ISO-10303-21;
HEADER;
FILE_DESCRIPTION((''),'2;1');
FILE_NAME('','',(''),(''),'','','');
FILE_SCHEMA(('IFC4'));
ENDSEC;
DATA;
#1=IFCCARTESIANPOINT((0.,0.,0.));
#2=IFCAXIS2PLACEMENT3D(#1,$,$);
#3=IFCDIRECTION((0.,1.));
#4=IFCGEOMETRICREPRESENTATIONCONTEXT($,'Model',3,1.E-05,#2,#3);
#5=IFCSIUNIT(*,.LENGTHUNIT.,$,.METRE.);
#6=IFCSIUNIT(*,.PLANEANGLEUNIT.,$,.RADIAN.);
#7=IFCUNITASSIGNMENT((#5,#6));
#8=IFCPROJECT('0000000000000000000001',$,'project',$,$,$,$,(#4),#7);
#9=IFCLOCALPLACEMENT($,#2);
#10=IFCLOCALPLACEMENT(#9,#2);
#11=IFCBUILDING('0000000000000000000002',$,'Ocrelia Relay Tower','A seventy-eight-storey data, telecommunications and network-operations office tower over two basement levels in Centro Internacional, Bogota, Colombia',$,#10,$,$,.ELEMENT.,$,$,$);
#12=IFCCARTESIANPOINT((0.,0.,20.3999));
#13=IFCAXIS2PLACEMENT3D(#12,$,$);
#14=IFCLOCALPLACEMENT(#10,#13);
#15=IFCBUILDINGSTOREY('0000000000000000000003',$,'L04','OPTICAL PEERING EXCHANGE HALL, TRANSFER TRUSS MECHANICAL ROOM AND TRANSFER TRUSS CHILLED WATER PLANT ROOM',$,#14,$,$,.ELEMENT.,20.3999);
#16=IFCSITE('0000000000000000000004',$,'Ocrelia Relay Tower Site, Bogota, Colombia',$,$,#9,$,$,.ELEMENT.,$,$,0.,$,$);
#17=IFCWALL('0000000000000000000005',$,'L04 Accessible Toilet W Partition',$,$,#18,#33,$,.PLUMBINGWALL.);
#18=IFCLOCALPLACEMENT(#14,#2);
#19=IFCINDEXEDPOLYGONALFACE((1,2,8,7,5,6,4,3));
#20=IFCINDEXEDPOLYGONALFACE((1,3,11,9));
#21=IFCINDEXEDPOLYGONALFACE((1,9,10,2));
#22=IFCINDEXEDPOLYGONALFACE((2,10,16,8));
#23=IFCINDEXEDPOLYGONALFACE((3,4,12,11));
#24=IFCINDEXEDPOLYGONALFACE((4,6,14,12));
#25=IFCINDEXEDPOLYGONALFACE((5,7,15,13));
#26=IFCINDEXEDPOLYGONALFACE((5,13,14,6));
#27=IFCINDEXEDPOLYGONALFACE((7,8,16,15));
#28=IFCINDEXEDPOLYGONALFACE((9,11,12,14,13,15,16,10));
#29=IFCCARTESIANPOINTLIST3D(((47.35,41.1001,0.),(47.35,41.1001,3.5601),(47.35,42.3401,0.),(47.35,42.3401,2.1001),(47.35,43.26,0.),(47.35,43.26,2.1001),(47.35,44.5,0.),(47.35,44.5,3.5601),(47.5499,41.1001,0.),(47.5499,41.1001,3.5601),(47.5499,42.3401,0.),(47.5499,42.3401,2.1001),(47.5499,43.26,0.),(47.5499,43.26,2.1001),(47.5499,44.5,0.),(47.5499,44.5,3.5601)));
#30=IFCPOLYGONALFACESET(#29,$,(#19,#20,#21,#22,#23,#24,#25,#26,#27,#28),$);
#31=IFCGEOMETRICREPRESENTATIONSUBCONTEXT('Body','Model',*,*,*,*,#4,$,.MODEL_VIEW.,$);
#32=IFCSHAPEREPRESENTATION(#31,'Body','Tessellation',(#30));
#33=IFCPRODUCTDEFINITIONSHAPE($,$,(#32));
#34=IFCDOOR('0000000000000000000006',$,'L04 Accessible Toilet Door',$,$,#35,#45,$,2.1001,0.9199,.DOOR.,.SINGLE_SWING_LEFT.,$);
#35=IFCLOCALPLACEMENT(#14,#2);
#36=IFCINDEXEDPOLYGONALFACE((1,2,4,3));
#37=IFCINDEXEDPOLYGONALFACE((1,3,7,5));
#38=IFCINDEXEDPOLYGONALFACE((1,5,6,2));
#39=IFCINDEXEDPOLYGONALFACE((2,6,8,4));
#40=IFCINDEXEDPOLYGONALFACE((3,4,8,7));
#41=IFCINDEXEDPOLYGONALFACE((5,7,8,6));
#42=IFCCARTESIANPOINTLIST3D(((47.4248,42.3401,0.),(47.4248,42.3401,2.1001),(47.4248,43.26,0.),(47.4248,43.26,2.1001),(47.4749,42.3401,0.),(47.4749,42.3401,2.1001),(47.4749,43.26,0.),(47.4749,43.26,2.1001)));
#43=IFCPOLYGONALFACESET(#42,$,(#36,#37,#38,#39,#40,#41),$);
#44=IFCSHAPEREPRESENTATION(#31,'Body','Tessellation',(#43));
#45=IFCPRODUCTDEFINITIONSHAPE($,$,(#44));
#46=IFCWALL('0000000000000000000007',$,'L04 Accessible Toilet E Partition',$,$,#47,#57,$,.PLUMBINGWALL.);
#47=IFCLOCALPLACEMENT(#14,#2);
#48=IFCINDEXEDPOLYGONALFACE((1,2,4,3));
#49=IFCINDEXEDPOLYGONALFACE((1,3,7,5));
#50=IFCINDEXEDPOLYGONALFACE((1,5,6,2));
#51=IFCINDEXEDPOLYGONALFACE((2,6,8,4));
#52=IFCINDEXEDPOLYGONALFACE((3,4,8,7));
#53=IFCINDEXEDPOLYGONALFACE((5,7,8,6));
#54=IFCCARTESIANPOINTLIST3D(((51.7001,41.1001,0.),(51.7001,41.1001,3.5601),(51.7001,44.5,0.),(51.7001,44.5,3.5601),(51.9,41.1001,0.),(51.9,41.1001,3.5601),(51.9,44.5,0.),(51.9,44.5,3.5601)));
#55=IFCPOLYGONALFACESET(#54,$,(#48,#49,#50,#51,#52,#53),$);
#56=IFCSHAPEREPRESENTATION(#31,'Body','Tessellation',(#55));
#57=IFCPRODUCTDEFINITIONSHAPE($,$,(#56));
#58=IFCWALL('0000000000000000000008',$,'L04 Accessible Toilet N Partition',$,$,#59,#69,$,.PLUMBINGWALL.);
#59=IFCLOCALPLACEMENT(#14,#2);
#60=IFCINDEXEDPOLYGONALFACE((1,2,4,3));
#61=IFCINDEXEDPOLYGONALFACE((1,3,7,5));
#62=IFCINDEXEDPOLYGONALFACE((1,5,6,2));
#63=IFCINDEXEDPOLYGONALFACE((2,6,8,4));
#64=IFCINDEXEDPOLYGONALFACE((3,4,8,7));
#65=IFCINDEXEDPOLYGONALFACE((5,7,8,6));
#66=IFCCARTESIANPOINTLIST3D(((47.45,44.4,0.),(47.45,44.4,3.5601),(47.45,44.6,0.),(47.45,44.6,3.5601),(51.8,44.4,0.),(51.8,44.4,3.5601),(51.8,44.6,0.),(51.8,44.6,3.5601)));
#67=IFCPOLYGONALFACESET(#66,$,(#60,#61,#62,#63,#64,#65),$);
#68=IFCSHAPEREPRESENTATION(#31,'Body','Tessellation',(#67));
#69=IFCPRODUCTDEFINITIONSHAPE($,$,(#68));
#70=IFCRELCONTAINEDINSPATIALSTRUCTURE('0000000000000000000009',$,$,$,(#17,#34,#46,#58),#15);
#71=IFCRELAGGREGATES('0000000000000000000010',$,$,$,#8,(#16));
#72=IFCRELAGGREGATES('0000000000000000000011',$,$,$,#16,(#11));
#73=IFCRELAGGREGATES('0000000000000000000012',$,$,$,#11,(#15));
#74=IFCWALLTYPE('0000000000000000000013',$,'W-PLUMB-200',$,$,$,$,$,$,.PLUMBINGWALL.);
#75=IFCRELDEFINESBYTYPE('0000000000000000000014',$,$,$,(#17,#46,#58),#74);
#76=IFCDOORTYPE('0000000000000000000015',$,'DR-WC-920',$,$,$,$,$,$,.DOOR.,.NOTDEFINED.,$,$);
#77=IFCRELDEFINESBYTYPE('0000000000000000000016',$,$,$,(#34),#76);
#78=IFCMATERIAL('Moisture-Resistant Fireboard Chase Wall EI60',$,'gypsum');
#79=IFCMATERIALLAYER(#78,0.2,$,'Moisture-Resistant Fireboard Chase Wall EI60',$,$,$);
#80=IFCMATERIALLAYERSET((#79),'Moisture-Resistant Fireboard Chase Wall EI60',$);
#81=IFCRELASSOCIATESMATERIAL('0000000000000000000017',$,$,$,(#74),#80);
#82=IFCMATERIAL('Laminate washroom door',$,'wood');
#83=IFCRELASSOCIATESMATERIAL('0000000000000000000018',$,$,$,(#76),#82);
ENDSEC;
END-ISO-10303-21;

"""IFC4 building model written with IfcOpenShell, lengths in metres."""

from ifc_helpers import new_model, si_unit, direction, frame, frame_2d, origin, place, context, subcontext, project, spatial, rectangle, extrude, material, layer, layer_set, type_object, element, fill, save


model = new_model("IFC4")

# Units and contexts
model_context = context("Model", 3, precision=1e-05, world=origin(), true_north=direction((0.0, 1.0)))
body_context = subcontext(model_context, "Body", "Model", "MODEL_VIEW")
ifc_project = project(units=[si_unit("LENGTHUNIT", "METRE"), si_unit("PLANEANGLEUNIT", "RADIAN")], contexts=[model_context])

# Site, building, storey
site_placement = place(None, origin())
site = spatial("IfcSite", under=ifc_project, at=site_placement, Name="Ocrelia Relay Tower Site, Bogota, Colombia", CompositionType="ELEMENT", RefElevation=0.0)
building_placement = place(site_placement, origin())
building = spatial("IfcBuilding", under=site, at=building_placement, Name="Ocrelia Relay Tower", Description="A seventy-eight-storey data, telecommunications and network-operations office tower over two basement levels in Centro Internacional, Bogota, Colombia", CompositionType="ELEMENT")
storey_placement = place(building_placement, frame((0.0, 0.0, 20.3999)))
storey = spatial("IfcBuildingStorey", under=building, at=storey_placement, Name="L04", Description="OPTICAL PEERING EXCHANGE HALL, TRANSFER TRUSS MECHANICAL ROOM AND TRANSFER TRUSS CHILLED WATER PLANT ROOM", CompositionType="ELEMENT", Elevation=20.3999)

# Shared definitions
ifc_material_1 = material(Name="Moisture-Resistant Fireboard Chase Wall EI60", Category="gypsum")
ifc_layer_1 = layer(ifc_material_1, 0.2, Name="Moisture-Resistant Fireboard Chase Wall EI60")
ifc_layer_set_1 = layer_set([ifc_layer_1], Name="Moisture-Resistant Fireboard Chase Wall EI60")
wall_type_1 = type_object("IfcWallType", Name="W-PLUMB-200", PredefinedType="PLUMBINGWALL", material=ifc_layer_set_1)

# Wall, opening, door
wall_1_placement = place(storey_placement, frame((47.45, 44.5, 0.0), z_axis=(0.0, 0.0, 1.0), x_axis=(0.0, -1.0, 0.0)))
wall_1 = element("IfcWall", 1, at=wall_1_placement, inside=storey, type_object=wall_type_1, Name="L04 Accessible Toilet W Partition", PredefinedType="PLUMBINGWALL", context=body_context, shape_type="SweptSolid", body=[
    extrude(rectangle(XDim=3.3999, YDim=0.2, at=frame_2d((1.7, 0.0))), origin(), (0.0, 0.0, 1.0), 3.5601),
])
opening_1_placement = place(wall_1_placement, frame((1.24, 0.0, 0.0)))
opening_1 = element("IfcOpeningElement", 2, at=opening_1_placement, cuts=wall_1, PredefinedType="OPENING", context=body_context, shape_type="SweptSolid", body=[
    extrude(rectangle(XDim=0.9199, YDim=2.1001, at=frame_2d((0.46, 1.05))), frame((0.0, 0.1099, 0.0), z_axis=(0.0, -1.0, 0.0), x_axis=(1.0, 0.0, 0.0)), (0.0, 0.0, 1.0), 0.22),
])
ifc_material_2 = material(Name="Laminate washroom door", Category="wood")
door_type_1 = type_object("IfcDoorType", Name="DR-WC-920", OperationType="NOTDEFINED", PredefinedType="DOOR", material=ifc_material_2)
door_1_placement = place(opening_1_placement, origin())
door_1 = element("IfcDoor", 3, at=door_1_placement, inside=storey, type_object=door_type_1, Name="L04 Accessible Toilet Door", OperationType="SINGLE_SWING_LEFT", OverallHeight=2.1001, OverallWidth=0.9199, PredefinedType="DOOR", context=body_context, shape_type="SweptSolid", body=[
    extrude(rectangle(XDim=0.9199, YDim=2.1001, at=frame_2d((0.46, 1.05))), frame((0.0, 0.0249, 0.0), z_axis=(0.0, -1.0, 0.0), x_axis=(1.0, 0.0, 0.0)), (0.0, 0.0, 1.0), 0.05),
])
fill(opening_1, door_1)

# Walls
wall_2_placement = place(storey_placement, frame((51.8, 41.1001, 0.0), z_axis=(0.0, 0.0, 1.0), x_axis=(0.0, 1.0, 0.0)))
element("IfcWall", 4, at=wall_2_placement, inside=storey, type_object=wall_type_1, Name="L04 Accessible Toilet E Partition", PredefinedType="PLUMBINGWALL", context=body_context, shape_type="SweptSolid", body=[
    extrude(rectangle(XDim=3.3999, YDim=0.2, at=frame_2d((1.7, 0.0))), origin(), (0.0, 0.0, 1.0), 3.5601),
])
wall_3_placement = place(storey_placement, frame((51.8, 44.5, 0.0), z_axis=(0.0, 0.0, 1.0), x_axis=(-1.0, 0.0, 0.0)))
element("IfcWall", 5, at=wall_3_placement, inside=storey, type_object=wall_type_1, Name="L04 Accessible Toilet N Partition", PredefinedType="PLUMBINGWALL", context=body_context, shape_type="SweptSolid", body=[
    extrude(rectangle(XDim=4.3501, YDim=0.2, at=frame_2d((2.175, 0.0))), origin(), (0.0, 0.0, 1.0), 3.5601),
])

save(model, "model.ifc")
